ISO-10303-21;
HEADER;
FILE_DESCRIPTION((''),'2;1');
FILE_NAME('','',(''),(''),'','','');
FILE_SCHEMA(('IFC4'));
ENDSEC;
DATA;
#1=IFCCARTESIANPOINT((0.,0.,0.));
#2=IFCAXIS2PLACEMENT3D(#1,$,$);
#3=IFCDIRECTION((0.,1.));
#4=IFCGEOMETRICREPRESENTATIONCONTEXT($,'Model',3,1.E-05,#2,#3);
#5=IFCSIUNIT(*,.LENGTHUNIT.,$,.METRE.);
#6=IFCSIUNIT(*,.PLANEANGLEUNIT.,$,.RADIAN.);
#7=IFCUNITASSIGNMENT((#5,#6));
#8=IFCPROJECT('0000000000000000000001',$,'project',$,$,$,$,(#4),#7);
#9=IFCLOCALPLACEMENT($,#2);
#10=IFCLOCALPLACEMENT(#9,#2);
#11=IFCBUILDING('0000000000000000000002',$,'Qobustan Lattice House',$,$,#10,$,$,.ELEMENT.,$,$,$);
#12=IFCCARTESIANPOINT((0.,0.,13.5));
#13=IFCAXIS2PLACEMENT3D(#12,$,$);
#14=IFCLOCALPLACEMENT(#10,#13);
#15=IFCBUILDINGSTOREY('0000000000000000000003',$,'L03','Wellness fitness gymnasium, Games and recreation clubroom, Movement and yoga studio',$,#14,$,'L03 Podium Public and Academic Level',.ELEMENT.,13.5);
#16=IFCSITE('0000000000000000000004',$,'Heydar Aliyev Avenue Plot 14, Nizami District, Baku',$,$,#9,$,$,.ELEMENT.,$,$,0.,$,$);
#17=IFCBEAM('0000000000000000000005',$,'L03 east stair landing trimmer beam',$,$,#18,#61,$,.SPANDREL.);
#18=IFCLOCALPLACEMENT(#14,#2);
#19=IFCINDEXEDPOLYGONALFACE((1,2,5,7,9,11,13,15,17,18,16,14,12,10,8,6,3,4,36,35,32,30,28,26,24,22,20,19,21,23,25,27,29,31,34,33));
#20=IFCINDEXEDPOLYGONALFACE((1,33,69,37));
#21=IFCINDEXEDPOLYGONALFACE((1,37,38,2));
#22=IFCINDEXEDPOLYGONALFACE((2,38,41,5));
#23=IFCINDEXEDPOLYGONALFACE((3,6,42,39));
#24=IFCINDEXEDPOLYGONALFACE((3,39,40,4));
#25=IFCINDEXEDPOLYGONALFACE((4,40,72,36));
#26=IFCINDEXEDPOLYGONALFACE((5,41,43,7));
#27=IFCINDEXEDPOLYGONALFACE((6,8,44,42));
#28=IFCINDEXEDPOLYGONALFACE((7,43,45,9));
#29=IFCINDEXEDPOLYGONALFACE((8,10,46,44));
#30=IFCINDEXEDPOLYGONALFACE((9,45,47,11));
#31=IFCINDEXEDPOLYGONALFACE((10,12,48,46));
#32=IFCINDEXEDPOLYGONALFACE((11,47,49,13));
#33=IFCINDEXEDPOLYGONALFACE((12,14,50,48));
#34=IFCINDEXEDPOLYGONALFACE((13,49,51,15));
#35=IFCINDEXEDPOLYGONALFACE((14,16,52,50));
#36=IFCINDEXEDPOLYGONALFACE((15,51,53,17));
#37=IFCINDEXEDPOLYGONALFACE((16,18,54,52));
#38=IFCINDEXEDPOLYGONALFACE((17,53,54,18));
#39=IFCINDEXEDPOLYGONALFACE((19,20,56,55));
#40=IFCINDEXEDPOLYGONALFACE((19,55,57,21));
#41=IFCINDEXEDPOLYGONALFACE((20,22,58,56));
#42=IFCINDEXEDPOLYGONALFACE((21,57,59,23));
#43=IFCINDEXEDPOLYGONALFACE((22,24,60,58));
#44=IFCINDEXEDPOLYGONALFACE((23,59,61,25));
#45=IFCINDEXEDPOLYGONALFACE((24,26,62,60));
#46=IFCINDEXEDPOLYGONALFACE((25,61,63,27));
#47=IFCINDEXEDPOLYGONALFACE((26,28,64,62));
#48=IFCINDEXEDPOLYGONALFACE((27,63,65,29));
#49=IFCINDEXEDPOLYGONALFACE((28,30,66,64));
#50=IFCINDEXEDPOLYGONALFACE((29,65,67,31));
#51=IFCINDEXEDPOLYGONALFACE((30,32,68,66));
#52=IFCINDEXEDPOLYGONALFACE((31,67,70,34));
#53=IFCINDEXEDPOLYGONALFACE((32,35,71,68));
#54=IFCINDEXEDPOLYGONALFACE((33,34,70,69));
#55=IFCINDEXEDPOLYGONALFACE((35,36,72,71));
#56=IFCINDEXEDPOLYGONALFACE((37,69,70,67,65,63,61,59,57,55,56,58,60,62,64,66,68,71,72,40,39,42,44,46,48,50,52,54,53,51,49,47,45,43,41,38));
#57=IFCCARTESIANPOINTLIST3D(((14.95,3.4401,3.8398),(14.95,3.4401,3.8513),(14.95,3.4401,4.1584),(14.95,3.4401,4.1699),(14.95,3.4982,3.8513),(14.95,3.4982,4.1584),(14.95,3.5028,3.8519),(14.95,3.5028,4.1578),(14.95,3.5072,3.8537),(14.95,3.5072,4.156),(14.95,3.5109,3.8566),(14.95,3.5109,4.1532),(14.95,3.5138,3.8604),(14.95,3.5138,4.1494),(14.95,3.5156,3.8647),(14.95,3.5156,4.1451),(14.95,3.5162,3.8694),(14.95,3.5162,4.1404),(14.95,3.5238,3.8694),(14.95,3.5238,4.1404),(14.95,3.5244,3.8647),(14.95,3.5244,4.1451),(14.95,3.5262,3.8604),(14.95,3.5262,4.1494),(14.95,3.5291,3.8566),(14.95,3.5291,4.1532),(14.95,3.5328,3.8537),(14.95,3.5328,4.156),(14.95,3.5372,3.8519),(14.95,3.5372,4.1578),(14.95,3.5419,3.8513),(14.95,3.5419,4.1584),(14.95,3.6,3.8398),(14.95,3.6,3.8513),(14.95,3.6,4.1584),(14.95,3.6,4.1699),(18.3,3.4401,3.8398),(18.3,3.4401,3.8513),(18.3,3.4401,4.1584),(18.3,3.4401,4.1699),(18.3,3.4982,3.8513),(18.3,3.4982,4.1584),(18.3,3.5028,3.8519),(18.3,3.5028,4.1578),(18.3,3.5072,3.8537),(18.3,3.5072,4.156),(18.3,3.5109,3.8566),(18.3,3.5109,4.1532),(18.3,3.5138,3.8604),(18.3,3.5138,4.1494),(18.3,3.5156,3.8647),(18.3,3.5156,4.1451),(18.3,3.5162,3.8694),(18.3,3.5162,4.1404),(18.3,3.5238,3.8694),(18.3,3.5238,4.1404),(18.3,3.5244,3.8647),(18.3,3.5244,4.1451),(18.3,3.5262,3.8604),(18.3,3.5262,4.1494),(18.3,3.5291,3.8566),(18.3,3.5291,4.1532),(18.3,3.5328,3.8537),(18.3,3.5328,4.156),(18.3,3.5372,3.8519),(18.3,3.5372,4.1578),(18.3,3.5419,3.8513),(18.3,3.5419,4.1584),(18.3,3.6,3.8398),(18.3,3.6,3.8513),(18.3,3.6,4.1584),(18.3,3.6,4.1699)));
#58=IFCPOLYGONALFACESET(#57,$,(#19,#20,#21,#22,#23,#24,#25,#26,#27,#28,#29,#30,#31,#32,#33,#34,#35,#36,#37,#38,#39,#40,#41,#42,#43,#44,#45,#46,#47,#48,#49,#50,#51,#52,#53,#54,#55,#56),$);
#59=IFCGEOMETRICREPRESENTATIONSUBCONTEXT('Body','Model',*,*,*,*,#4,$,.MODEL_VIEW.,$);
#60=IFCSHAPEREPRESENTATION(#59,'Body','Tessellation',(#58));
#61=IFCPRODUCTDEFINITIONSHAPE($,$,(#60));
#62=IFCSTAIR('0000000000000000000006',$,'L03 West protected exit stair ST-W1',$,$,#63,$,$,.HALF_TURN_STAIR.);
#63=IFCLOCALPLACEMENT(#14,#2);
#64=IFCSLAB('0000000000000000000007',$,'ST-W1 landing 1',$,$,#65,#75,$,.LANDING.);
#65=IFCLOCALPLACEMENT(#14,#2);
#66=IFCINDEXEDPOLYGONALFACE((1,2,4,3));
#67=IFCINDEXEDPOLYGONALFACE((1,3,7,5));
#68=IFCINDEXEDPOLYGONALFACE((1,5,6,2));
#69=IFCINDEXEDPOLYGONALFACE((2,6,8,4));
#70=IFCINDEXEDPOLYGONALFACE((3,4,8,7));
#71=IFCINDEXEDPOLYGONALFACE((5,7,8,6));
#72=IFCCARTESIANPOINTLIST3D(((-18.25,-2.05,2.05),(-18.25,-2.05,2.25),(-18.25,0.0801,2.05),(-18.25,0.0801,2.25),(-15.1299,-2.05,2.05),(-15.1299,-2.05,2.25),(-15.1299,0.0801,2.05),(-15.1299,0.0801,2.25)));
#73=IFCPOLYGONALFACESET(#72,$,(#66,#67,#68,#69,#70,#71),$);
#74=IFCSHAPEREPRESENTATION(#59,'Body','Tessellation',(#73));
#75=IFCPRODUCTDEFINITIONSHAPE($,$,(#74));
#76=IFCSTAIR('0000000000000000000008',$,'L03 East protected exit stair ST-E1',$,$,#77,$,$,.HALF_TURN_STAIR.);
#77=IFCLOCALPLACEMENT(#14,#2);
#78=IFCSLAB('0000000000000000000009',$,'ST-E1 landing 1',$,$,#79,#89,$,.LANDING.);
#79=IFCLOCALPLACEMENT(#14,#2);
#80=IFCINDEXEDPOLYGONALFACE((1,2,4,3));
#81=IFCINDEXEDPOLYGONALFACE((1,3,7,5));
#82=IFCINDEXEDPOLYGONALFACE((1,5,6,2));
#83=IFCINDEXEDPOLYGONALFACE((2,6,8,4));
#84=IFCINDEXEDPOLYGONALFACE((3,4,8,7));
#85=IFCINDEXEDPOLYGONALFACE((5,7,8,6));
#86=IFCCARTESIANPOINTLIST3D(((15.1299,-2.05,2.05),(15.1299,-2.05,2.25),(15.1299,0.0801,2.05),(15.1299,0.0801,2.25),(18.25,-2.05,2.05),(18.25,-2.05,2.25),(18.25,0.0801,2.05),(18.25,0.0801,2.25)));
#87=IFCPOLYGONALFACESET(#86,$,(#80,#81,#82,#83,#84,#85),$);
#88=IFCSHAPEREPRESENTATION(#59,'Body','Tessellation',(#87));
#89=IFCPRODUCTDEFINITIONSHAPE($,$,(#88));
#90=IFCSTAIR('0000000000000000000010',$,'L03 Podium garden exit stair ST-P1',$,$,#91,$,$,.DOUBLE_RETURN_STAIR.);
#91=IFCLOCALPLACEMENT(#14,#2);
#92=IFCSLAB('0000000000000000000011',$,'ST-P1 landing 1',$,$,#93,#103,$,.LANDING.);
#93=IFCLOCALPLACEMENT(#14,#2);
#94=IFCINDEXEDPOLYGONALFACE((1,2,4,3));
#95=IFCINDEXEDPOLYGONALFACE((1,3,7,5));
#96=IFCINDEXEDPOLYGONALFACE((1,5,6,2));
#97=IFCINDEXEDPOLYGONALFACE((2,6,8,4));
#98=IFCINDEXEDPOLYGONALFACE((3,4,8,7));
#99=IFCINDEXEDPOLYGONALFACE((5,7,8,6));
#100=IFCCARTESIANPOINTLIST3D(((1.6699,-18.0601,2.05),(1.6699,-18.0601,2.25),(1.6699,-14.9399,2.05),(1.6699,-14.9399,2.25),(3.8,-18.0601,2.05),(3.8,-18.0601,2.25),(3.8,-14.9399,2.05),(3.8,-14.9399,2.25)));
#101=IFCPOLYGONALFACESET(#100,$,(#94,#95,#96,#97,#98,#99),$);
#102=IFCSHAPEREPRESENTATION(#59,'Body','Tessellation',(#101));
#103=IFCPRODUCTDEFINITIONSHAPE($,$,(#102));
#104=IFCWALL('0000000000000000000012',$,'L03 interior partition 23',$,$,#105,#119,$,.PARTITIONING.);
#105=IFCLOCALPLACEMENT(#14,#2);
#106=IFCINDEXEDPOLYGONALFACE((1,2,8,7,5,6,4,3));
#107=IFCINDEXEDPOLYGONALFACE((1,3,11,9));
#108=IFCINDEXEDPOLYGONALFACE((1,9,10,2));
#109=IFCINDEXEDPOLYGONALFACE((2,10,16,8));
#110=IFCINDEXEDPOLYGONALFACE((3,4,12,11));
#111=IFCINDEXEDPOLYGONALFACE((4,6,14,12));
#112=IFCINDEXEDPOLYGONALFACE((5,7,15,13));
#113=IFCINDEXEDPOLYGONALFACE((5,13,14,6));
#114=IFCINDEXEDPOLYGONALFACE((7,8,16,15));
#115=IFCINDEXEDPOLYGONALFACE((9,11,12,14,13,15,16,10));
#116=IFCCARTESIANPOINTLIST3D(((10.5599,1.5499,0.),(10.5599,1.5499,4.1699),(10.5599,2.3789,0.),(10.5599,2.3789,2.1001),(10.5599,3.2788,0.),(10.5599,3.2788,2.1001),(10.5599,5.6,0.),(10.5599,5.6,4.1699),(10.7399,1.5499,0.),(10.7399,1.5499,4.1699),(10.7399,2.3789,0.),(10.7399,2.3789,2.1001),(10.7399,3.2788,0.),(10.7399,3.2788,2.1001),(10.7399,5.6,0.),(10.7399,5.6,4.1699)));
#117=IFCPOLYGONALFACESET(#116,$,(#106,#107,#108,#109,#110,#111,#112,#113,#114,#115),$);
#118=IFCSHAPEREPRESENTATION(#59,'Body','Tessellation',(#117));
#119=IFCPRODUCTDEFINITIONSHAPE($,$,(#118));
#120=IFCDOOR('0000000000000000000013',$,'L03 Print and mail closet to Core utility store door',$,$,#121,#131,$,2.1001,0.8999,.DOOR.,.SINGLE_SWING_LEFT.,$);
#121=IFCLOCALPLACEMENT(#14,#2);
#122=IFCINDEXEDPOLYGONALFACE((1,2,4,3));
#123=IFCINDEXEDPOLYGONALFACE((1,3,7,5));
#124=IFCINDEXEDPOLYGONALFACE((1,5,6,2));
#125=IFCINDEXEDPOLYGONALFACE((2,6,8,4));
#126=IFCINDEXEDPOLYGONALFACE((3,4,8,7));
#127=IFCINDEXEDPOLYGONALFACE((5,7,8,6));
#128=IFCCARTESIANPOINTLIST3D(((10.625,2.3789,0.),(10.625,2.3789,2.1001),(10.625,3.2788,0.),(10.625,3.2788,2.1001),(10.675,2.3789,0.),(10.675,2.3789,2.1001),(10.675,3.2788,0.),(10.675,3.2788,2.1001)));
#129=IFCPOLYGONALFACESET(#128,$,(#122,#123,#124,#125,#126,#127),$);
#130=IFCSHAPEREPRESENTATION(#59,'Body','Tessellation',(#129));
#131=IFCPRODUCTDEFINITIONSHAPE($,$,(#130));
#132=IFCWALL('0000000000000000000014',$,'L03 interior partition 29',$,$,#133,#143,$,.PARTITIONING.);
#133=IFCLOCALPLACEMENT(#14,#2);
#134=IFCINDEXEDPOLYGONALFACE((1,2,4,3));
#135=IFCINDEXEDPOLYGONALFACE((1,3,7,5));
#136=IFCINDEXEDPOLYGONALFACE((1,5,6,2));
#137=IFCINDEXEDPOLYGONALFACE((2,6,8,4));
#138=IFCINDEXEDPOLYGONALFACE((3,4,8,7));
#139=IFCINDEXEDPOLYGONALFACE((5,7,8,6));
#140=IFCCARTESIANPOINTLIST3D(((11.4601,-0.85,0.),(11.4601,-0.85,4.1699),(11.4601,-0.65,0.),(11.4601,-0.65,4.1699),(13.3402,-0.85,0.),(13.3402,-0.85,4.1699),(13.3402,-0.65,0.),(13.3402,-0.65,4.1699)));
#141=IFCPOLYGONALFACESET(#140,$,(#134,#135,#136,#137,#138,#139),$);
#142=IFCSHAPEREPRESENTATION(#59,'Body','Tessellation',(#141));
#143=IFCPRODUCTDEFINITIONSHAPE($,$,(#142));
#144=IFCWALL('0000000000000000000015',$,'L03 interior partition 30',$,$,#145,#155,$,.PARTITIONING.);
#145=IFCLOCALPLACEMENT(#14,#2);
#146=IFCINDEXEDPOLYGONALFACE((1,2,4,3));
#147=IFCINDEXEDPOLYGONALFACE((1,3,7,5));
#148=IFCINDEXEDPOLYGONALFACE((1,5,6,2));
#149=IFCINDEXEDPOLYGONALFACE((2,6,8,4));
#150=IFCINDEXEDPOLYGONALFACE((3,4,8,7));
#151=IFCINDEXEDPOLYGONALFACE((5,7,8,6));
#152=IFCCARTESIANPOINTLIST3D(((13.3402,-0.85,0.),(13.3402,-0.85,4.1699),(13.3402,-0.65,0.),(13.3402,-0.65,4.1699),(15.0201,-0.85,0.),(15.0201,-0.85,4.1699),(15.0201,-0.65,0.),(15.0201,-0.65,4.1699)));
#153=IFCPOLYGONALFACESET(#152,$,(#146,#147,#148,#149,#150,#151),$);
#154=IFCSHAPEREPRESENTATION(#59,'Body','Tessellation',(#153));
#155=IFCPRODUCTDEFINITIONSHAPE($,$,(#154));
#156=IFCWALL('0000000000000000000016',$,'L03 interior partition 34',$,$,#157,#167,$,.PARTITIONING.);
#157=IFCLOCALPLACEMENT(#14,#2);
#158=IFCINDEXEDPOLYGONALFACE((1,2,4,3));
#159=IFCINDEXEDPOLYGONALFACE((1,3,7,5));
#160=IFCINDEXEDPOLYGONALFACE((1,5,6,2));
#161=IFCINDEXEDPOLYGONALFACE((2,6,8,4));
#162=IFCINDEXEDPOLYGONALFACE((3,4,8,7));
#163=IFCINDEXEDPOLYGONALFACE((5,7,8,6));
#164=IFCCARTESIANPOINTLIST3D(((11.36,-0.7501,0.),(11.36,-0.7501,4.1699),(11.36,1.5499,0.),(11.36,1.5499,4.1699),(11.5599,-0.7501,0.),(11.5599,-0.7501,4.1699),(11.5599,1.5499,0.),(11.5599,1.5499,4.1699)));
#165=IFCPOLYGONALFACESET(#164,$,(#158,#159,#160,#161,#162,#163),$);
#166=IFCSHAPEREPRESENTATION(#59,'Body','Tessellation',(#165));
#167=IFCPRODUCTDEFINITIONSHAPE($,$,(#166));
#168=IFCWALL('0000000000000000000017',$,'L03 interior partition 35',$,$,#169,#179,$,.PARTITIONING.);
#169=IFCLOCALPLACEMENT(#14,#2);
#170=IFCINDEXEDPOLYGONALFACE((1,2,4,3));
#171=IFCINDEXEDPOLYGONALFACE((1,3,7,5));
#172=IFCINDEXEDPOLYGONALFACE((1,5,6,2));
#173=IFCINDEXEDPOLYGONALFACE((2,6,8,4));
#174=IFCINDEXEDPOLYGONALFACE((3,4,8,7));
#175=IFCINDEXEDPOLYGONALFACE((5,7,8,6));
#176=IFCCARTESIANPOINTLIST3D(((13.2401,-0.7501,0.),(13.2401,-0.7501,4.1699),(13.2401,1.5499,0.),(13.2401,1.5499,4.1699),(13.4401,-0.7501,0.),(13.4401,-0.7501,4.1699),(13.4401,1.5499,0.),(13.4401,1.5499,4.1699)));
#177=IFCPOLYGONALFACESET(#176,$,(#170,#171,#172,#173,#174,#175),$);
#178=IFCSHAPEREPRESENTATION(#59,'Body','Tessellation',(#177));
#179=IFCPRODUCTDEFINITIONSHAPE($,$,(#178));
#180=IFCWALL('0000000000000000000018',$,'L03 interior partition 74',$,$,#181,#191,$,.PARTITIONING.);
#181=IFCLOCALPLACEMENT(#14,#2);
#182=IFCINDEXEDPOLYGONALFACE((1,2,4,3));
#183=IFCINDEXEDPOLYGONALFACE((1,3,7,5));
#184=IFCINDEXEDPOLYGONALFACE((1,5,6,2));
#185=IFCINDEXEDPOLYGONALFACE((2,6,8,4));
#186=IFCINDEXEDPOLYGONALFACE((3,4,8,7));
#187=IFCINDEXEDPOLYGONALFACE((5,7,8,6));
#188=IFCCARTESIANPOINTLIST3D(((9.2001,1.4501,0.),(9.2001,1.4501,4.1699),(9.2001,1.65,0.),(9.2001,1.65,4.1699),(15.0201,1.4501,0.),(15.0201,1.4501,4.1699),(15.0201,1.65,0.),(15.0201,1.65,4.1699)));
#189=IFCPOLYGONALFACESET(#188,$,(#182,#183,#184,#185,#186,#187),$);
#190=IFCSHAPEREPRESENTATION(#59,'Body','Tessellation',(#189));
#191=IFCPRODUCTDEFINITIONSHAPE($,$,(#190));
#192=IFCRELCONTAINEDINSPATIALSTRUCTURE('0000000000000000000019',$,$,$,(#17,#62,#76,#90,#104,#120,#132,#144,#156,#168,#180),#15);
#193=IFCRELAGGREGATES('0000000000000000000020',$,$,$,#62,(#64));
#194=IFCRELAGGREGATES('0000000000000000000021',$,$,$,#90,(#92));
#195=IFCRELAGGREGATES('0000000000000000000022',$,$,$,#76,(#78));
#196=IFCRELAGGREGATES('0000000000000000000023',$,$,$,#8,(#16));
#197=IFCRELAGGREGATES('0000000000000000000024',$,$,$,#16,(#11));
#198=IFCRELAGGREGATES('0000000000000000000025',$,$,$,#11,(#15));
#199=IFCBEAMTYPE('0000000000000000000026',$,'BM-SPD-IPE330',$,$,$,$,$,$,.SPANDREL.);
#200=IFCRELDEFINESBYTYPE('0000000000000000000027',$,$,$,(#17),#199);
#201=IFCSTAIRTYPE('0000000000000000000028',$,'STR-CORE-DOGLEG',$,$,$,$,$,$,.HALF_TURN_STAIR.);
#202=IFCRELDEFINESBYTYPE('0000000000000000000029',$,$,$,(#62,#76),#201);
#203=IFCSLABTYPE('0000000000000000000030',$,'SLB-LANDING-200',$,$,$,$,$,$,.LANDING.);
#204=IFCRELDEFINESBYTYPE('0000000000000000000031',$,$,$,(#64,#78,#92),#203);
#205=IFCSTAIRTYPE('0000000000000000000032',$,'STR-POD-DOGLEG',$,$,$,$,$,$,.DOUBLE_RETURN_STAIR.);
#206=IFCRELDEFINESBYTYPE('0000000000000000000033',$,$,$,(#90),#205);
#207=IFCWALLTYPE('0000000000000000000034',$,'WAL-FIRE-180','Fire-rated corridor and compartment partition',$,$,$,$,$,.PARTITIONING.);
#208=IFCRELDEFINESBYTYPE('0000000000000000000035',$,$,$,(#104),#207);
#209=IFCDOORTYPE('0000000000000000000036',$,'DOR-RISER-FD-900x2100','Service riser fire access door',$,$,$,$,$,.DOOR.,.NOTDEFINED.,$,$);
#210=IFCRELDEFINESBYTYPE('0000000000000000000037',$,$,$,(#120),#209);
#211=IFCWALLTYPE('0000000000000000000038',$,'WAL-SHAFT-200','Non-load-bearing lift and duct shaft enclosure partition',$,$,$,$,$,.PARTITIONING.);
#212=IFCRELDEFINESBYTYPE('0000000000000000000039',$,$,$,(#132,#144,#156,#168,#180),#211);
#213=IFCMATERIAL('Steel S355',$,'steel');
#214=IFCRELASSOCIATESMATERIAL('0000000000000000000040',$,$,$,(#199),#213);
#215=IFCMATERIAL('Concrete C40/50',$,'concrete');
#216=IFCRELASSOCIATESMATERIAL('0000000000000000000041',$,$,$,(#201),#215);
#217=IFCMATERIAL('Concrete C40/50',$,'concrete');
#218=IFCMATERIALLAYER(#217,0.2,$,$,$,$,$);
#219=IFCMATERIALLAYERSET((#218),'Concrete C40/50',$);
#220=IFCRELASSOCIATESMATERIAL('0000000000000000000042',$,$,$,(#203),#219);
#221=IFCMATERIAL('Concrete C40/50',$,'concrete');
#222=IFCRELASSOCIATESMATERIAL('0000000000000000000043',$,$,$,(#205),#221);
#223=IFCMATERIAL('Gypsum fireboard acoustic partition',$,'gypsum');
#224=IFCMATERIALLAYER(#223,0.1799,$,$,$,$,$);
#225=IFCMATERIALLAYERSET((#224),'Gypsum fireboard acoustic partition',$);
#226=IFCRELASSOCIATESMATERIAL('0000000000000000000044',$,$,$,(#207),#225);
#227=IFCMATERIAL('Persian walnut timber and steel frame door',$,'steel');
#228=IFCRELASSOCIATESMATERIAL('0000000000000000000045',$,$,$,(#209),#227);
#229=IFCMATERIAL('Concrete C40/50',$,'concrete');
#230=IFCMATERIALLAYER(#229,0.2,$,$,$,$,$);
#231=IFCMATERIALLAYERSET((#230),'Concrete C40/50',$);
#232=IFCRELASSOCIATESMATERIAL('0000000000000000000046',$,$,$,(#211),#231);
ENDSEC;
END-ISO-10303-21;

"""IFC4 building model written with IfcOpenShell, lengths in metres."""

from ifc_helpers import new_model, si_unit, direction, frame, frame_2d, origin, origin_2d, place, context, subcontext, project, spatial, polyline, rectangle, i_section, outline, extrude, material, layer, layer_set, material_profile, profile_set, type_object, element, fill, aggregate, save


model = new_model("IFC4")

# Units and contexts
model_context = context("Model", 3, precision=1e-05, world=origin(), true_north=direction((0.0, 1.0)))
body_context = subcontext(model_context, "Body", "Model", "MODEL_VIEW")
ifc_project = project(units=[si_unit("LENGTHUNIT", "METRE"), si_unit("PLANEANGLEUNIT", "RADIAN")], contexts=[model_context])

# Site, building, storey
site_placement = place(None, origin())
site = spatial("IfcSite", under=ifc_project, at=site_placement, Name="Heydar Aliyev Avenue Plot 14, Nizami District, Baku", CompositionType="ELEMENT", RefElevation=0.0)
building_placement = place(site_placement, origin())
building = spatial("IfcBuilding", under=site, at=building_placement, Name="Qobustan Lattice House", CompositionType="ELEMENT")
storey_placement = place(building_placement, frame((0.0, 0.0, 13.5)))
storey = spatial("IfcBuildingStorey", under=building, at=storey_placement, Name="L03", Description="Wellness fitness gymnasium, Games and recreation clubroom, Movement and yoga studio", LongName="L03 Podium Public and Academic Level", CompositionType="ELEMENT", Elevation=13.5)

# Beam
ifc_material_1 = material(Name="Steel S355", Category="steel")
ifc_material_profile = material_profile(ifc_material_1, i_section(OverallWidth=0.1599, OverallDepth=0.3301, WebThickness=0.0076, FlangeThickness=0.0115, FilletRadius=0.0181, at=origin_2d()), Name="IPE330")
ifc_profile_set = profile_set([ifc_material_profile], Name="Steel S355")
beam_type = type_object("IfcBeamType", Name="BM-SPD-IPE330", PredefinedType="SPANDREL", material=ifc_profile_set)
beam_placement = place(storey_placement, frame((14.95, 3.52, 4.0049), z_axis=(1.0, 0.0, 0.0), x_axis=(0.0, 1.0, 0.0)))
element("IfcBeam", 1, at=beam_placement, inside=storey, type_object=beam_type, Name="L03 east stair landing trimmer beam", PredefinedType="SPANDREL", context=body_context, shape_type="SweptSolid", body=[
    extrude(i_section(OverallWidth=0.1599, OverallDepth=0.3301, WebThickness=0.0076, FlangeThickness=0.0115, FilletRadius=0.0181, at=origin_2d()), origin(), (0.0, 0.0, 1.0), 3.3501),
])

# Stairs, slabs
ifc_material_2 = material(Name="Concrete C40/50", Category="concrete")
stair_type_1 = type_object("IfcStairType", Name="STR-CORE-DOGLEG", PredefinedType="HALF_TURN_STAIR", material=ifc_material_2)
stair_1_placement = place(storey_placement, origin())
stair_1 = element("IfcStair", 2, at=stair_1_placement, inside=storey, type_object=stair_type_1, Name="L03 West protected exit stair ST-W1", PredefinedType="HALF_TURN_STAIR")
ifc_material_3 = material(Name="Concrete C40/50", Category="concrete")
ifc_layer_1 = layer(ifc_material_3, 0.2)
ifc_layer_set_1 = layer_set([ifc_layer_1], Name="Concrete C40/50")
slab_type = type_object("IfcSlabType", Name="SLB-LANDING-200", PredefinedType="LANDING", material=ifc_layer_set_1)
slab_1_placement = place(storey_placement, frame((0.0, 0.0, 2.05)))
slab_1 = element("IfcSlab", 3, at=slab_1_placement, type_object=slab_type, Name="ST-W1 landing 1", PredefinedType="LANDING", context=body_context, shape_type="SweptSolid", body=[
    extrude(outline(polyline([(-18.25, 0.0801), (-18.25, -2.05), (-15.1299, -2.05), (-15.1299, 0.0801), (-18.25, 0.0801)])), origin(), (0.0, 0.0, 1.0), 0.2),
])
aggregate(stair_1, [slab_1])
stair_2_placement = place(storey_placement, origin())
stair_2 = element("IfcStair", 4, at=stair_2_placement, inside=storey, type_object=stair_type_1, Name="L03 East protected exit stair ST-E1", PredefinedType="HALF_TURN_STAIR")
slab_2_placement = place(storey_placement, frame((0.0, 0.0, 2.05)))
slab_2 = element("IfcSlab", 5, at=slab_2_placement, type_object=slab_type, Name="ST-E1 landing 1", PredefinedType="LANDING", context=body_context, shape_type="SweptSolid", body=[
    extrude(outline(polyline([(15.1299, 0.0801), (15.1299, -2.05), (18.25, -2.05), (18.25, 0.0801), (15.1299, 0.0801)])), origin(), (0.0, 0.0, 1.0), 0.2),
])
ifc_material_4 = material(Name="Concrete C40/50", Category="concrete")
stair_type_2 = type_object("IfcStairType", Name="STR-POD-DOGLEG", PredefinedType="DOUBLE_RETURN_STAIR", material=ifc_material_4)
stair_3_placement = place(storey_placement, origin())
stair_3 = element("IfcStair", 6, at=stair_3_placement, inside=storey, type_object=stair_type_2, Name="L03 Podium garden exit stair ST-P1", PredefinedType="DOUBLE_RETURN_STAIR")
slab_3_placement = place(storey_placement, frame((0.0, 0.0, 2.05)))
slab_3 = element("IfcSlab", 7, at=slab_3_placement, type_object=slab_type, Name="ST-P1 landing 1", PredefinedType="LANDING", context=body_context, shape_type="SweptSolid", body=[
    extrude(outline(polyline([(1.6699, -18.0601), (3.8, -18.0601), (3.8, -14.9399), (1.6699, -14.9399), (1.6699, -18.0601)])), origin(), (0.0, 0.0, 1.0), 0.2),
])
aggregate(stair_3, [slab_3])

# Wall, opening, door
ifc_material_5 = material(Name="Gypsum fireboard acoustic partition", Category="gypsum")
ifc_layer_2 = layer(ifc_material_5, 0.1799)
ifc_layer_set_2 = layer_set([ifc_layer_2], Name="Gypsum fireboard acoustic partition")
wall_type_1 = type_object("IfcWallType", Name="WAL-FIRE-180", Description="Fire-rated corridor and compartment partition", PredefinedType="PARTITIONING", material=ifc_layer_set_2)
wall_1_placement = place(storey_placement, frame((10.6499, 1.55, 0.0), z_axis=(0.0, 0.0, 1.0), x_axis=(0.0, 1.0, 0.0)))
wall_1 = element("IfcWall", 8, at=wall_1_placement, inside=storey, type_object=wall_type_1, Name="L03 interior partition 23", PredefinedType="PARTITIONING", context=body_context, shape_type="SweptSolid", body=[
    extrude(rectangle(XDim=4.05, YDim=0.1799, at=frame_2d((2.0249, 0.0))), origin(), (0.0, 0.0, 1.0), 4.1699),
])
opening_placement = place(wall_1_placement, frame((0.8289, 0.0, 0.0)))
opening = element("IfcOpeningElement", 9, at=opening_placement, cuts=wall_1, PredefinedType="OPENING", context=body_context, shape_type="SweptSolid", body=[
    extrude(rectangle(XDim=0.8999, YDim=2.1001, at=frame_2d((0.45, 1.05))), frame((0.0, 0.0999, 0.0), z_axis=(0.0, -1.0, 0.0), x_axis=(1.0, 0.0, 0.0)), (0.0, 0.0, 1.0), 0.2),
])
ifc_material_6 = material(Name="Persian walnut timber and steel frame door", Category="steel")
door_type = type_object("IfcDoorType", Name="DOR-RISER-FD-900x2100", Description="Service riser fire access door", OperationType="NOTDEFINED", PredefinedType="DOOR", material=ifc_material_6)
door_placement = place(opening_placement, origin())
door = element("IfcDoor", 10, at=door_placement, inside=storey, type_object=door_type, Name="L03 Print and mail closet to Core utility store door", OperationType="SINGLE_SWING_LEFT", OverallHeight=2.1001, OverallWidth=0.8999, PredefinedType="DOOR", context=body_context, shape_type="SweptSolid", body=[
    extrude(rectangle(XDim=0.8999, YDim=2.1001, at=frame_2d((0.45, 1.05))), frame((0.0, 0.0249, 0.0), z_axis=(0.0, -1.0, 0.0), x_axis=(1.0, 0.0, 0.0)), (0.0, 0.0, 1.0), 0.05),
])
fill(opening, door)

# Walls
ifc_material_7 = material(Name="Concrete C40/50", Category="concrete")
ifc_layer_3 = layer(ifc_material_7, 0.2)
ifc_layer_set_3 = layer_set([ifc_layer_3], Name="Concrete C40/50")
wall_type_2 = type_object("IfcWallType", Name="WAL-SHAFT-200", Description="Non-load-bearing lift and duct shaft enclosure partition", PredefinedType="PARTITIONING", material=ifc_layer_set_3)
wall_2_placement = place(storey_placement, frame((13.3401, -0.75, 0.0), z_axis=(0.0, 0.0, 1.0), x_axis=(-1.0, 0.0, 0.0)))
element("IfcWall", 11, at=wall_2_placement, inside=storey, type_object=wall_type_2, Name="L03 interior partition 29", PredefinedType="PARTITIONING", context=body_context, shape_type="SweptSolid", body=[
    extrude(rectangle(XDim=1.8801, YDim=0.2, at=frame_2d((0.9399, 0.0))), origin(), (0.0, 0.0, 1.0), 4.1699),
])
wall_3_placement = place(storey_placement, frame((15.02, -0.75, 0.0), z_axis=(0.0, 0.0, 1.0), x_axis=(-1.0, 0.0, 0.0)))
element("IfcWall", 12, at=wall_3_placement, inside=storey, type_object=wall_type_2, Name="L03 interior partition 30", PredefinedType="PARTITIONING", context=body_context, shape_type="SweptSolid", body=[
    extrude(rectangle(XDim=1.6799, YDim=0.2, at=frame_2d((0.8398, 0.0))), origin(), (0.0, 0.0, 1.0), 4.1699),
])
for number, where, z_axis, x_axis, name in (
    (13, (11.46, -0.75, 0.0), (0.0, 0.0, 1.0), (0.0, 1.0, 0.0), "L03 interior partition 34"),
    (14, (13.3401, -0.75, 0.0), (0.0, 0.0, 1.0), (0.0, 1.0, 0.0), "L03 interior partition 35"),
):
    element("IfcWall", number, at=place(storey_placement, frame(where, z_axis=z_axis, x_axis=x_axis)), inside=storey, type_object=wall_type_2, Name=name, PredefinedType="PARTITIONING", context=body_context, shape_type="SweptSolid", body=[
        extrude(rectangle(XDim=2.3, YDim=0.2, at=frame_2d((1.1499, 0.0))), origin(), (0.0, 0.0, 1.0), 4.1699),
    ])
wall_4_placement = place(storey_placement, frame((9.2, 1.55, 0.0), z_axis=(0.0, 0.0, 1.0), x_axis=(1.0, 0.0, 0.0)))
element("IfcWall", 15, at=wall_4_placement, inside=storey, type_object=wall_type_2, Name="L03 interior partition 74", PredefinedType="PARTITIONING", context=body_context, shape_type="SweptSolid", body=[
    extrude(rectangle(XDim=5.8201, YDim=0.2, at=frame_2d((2.9102, 0.0))), origin(), (0.0, 0.0, 1.0), 4.1699),
])

aggregate(stair_2, [slab_2])

save(model, "model.ifc")
